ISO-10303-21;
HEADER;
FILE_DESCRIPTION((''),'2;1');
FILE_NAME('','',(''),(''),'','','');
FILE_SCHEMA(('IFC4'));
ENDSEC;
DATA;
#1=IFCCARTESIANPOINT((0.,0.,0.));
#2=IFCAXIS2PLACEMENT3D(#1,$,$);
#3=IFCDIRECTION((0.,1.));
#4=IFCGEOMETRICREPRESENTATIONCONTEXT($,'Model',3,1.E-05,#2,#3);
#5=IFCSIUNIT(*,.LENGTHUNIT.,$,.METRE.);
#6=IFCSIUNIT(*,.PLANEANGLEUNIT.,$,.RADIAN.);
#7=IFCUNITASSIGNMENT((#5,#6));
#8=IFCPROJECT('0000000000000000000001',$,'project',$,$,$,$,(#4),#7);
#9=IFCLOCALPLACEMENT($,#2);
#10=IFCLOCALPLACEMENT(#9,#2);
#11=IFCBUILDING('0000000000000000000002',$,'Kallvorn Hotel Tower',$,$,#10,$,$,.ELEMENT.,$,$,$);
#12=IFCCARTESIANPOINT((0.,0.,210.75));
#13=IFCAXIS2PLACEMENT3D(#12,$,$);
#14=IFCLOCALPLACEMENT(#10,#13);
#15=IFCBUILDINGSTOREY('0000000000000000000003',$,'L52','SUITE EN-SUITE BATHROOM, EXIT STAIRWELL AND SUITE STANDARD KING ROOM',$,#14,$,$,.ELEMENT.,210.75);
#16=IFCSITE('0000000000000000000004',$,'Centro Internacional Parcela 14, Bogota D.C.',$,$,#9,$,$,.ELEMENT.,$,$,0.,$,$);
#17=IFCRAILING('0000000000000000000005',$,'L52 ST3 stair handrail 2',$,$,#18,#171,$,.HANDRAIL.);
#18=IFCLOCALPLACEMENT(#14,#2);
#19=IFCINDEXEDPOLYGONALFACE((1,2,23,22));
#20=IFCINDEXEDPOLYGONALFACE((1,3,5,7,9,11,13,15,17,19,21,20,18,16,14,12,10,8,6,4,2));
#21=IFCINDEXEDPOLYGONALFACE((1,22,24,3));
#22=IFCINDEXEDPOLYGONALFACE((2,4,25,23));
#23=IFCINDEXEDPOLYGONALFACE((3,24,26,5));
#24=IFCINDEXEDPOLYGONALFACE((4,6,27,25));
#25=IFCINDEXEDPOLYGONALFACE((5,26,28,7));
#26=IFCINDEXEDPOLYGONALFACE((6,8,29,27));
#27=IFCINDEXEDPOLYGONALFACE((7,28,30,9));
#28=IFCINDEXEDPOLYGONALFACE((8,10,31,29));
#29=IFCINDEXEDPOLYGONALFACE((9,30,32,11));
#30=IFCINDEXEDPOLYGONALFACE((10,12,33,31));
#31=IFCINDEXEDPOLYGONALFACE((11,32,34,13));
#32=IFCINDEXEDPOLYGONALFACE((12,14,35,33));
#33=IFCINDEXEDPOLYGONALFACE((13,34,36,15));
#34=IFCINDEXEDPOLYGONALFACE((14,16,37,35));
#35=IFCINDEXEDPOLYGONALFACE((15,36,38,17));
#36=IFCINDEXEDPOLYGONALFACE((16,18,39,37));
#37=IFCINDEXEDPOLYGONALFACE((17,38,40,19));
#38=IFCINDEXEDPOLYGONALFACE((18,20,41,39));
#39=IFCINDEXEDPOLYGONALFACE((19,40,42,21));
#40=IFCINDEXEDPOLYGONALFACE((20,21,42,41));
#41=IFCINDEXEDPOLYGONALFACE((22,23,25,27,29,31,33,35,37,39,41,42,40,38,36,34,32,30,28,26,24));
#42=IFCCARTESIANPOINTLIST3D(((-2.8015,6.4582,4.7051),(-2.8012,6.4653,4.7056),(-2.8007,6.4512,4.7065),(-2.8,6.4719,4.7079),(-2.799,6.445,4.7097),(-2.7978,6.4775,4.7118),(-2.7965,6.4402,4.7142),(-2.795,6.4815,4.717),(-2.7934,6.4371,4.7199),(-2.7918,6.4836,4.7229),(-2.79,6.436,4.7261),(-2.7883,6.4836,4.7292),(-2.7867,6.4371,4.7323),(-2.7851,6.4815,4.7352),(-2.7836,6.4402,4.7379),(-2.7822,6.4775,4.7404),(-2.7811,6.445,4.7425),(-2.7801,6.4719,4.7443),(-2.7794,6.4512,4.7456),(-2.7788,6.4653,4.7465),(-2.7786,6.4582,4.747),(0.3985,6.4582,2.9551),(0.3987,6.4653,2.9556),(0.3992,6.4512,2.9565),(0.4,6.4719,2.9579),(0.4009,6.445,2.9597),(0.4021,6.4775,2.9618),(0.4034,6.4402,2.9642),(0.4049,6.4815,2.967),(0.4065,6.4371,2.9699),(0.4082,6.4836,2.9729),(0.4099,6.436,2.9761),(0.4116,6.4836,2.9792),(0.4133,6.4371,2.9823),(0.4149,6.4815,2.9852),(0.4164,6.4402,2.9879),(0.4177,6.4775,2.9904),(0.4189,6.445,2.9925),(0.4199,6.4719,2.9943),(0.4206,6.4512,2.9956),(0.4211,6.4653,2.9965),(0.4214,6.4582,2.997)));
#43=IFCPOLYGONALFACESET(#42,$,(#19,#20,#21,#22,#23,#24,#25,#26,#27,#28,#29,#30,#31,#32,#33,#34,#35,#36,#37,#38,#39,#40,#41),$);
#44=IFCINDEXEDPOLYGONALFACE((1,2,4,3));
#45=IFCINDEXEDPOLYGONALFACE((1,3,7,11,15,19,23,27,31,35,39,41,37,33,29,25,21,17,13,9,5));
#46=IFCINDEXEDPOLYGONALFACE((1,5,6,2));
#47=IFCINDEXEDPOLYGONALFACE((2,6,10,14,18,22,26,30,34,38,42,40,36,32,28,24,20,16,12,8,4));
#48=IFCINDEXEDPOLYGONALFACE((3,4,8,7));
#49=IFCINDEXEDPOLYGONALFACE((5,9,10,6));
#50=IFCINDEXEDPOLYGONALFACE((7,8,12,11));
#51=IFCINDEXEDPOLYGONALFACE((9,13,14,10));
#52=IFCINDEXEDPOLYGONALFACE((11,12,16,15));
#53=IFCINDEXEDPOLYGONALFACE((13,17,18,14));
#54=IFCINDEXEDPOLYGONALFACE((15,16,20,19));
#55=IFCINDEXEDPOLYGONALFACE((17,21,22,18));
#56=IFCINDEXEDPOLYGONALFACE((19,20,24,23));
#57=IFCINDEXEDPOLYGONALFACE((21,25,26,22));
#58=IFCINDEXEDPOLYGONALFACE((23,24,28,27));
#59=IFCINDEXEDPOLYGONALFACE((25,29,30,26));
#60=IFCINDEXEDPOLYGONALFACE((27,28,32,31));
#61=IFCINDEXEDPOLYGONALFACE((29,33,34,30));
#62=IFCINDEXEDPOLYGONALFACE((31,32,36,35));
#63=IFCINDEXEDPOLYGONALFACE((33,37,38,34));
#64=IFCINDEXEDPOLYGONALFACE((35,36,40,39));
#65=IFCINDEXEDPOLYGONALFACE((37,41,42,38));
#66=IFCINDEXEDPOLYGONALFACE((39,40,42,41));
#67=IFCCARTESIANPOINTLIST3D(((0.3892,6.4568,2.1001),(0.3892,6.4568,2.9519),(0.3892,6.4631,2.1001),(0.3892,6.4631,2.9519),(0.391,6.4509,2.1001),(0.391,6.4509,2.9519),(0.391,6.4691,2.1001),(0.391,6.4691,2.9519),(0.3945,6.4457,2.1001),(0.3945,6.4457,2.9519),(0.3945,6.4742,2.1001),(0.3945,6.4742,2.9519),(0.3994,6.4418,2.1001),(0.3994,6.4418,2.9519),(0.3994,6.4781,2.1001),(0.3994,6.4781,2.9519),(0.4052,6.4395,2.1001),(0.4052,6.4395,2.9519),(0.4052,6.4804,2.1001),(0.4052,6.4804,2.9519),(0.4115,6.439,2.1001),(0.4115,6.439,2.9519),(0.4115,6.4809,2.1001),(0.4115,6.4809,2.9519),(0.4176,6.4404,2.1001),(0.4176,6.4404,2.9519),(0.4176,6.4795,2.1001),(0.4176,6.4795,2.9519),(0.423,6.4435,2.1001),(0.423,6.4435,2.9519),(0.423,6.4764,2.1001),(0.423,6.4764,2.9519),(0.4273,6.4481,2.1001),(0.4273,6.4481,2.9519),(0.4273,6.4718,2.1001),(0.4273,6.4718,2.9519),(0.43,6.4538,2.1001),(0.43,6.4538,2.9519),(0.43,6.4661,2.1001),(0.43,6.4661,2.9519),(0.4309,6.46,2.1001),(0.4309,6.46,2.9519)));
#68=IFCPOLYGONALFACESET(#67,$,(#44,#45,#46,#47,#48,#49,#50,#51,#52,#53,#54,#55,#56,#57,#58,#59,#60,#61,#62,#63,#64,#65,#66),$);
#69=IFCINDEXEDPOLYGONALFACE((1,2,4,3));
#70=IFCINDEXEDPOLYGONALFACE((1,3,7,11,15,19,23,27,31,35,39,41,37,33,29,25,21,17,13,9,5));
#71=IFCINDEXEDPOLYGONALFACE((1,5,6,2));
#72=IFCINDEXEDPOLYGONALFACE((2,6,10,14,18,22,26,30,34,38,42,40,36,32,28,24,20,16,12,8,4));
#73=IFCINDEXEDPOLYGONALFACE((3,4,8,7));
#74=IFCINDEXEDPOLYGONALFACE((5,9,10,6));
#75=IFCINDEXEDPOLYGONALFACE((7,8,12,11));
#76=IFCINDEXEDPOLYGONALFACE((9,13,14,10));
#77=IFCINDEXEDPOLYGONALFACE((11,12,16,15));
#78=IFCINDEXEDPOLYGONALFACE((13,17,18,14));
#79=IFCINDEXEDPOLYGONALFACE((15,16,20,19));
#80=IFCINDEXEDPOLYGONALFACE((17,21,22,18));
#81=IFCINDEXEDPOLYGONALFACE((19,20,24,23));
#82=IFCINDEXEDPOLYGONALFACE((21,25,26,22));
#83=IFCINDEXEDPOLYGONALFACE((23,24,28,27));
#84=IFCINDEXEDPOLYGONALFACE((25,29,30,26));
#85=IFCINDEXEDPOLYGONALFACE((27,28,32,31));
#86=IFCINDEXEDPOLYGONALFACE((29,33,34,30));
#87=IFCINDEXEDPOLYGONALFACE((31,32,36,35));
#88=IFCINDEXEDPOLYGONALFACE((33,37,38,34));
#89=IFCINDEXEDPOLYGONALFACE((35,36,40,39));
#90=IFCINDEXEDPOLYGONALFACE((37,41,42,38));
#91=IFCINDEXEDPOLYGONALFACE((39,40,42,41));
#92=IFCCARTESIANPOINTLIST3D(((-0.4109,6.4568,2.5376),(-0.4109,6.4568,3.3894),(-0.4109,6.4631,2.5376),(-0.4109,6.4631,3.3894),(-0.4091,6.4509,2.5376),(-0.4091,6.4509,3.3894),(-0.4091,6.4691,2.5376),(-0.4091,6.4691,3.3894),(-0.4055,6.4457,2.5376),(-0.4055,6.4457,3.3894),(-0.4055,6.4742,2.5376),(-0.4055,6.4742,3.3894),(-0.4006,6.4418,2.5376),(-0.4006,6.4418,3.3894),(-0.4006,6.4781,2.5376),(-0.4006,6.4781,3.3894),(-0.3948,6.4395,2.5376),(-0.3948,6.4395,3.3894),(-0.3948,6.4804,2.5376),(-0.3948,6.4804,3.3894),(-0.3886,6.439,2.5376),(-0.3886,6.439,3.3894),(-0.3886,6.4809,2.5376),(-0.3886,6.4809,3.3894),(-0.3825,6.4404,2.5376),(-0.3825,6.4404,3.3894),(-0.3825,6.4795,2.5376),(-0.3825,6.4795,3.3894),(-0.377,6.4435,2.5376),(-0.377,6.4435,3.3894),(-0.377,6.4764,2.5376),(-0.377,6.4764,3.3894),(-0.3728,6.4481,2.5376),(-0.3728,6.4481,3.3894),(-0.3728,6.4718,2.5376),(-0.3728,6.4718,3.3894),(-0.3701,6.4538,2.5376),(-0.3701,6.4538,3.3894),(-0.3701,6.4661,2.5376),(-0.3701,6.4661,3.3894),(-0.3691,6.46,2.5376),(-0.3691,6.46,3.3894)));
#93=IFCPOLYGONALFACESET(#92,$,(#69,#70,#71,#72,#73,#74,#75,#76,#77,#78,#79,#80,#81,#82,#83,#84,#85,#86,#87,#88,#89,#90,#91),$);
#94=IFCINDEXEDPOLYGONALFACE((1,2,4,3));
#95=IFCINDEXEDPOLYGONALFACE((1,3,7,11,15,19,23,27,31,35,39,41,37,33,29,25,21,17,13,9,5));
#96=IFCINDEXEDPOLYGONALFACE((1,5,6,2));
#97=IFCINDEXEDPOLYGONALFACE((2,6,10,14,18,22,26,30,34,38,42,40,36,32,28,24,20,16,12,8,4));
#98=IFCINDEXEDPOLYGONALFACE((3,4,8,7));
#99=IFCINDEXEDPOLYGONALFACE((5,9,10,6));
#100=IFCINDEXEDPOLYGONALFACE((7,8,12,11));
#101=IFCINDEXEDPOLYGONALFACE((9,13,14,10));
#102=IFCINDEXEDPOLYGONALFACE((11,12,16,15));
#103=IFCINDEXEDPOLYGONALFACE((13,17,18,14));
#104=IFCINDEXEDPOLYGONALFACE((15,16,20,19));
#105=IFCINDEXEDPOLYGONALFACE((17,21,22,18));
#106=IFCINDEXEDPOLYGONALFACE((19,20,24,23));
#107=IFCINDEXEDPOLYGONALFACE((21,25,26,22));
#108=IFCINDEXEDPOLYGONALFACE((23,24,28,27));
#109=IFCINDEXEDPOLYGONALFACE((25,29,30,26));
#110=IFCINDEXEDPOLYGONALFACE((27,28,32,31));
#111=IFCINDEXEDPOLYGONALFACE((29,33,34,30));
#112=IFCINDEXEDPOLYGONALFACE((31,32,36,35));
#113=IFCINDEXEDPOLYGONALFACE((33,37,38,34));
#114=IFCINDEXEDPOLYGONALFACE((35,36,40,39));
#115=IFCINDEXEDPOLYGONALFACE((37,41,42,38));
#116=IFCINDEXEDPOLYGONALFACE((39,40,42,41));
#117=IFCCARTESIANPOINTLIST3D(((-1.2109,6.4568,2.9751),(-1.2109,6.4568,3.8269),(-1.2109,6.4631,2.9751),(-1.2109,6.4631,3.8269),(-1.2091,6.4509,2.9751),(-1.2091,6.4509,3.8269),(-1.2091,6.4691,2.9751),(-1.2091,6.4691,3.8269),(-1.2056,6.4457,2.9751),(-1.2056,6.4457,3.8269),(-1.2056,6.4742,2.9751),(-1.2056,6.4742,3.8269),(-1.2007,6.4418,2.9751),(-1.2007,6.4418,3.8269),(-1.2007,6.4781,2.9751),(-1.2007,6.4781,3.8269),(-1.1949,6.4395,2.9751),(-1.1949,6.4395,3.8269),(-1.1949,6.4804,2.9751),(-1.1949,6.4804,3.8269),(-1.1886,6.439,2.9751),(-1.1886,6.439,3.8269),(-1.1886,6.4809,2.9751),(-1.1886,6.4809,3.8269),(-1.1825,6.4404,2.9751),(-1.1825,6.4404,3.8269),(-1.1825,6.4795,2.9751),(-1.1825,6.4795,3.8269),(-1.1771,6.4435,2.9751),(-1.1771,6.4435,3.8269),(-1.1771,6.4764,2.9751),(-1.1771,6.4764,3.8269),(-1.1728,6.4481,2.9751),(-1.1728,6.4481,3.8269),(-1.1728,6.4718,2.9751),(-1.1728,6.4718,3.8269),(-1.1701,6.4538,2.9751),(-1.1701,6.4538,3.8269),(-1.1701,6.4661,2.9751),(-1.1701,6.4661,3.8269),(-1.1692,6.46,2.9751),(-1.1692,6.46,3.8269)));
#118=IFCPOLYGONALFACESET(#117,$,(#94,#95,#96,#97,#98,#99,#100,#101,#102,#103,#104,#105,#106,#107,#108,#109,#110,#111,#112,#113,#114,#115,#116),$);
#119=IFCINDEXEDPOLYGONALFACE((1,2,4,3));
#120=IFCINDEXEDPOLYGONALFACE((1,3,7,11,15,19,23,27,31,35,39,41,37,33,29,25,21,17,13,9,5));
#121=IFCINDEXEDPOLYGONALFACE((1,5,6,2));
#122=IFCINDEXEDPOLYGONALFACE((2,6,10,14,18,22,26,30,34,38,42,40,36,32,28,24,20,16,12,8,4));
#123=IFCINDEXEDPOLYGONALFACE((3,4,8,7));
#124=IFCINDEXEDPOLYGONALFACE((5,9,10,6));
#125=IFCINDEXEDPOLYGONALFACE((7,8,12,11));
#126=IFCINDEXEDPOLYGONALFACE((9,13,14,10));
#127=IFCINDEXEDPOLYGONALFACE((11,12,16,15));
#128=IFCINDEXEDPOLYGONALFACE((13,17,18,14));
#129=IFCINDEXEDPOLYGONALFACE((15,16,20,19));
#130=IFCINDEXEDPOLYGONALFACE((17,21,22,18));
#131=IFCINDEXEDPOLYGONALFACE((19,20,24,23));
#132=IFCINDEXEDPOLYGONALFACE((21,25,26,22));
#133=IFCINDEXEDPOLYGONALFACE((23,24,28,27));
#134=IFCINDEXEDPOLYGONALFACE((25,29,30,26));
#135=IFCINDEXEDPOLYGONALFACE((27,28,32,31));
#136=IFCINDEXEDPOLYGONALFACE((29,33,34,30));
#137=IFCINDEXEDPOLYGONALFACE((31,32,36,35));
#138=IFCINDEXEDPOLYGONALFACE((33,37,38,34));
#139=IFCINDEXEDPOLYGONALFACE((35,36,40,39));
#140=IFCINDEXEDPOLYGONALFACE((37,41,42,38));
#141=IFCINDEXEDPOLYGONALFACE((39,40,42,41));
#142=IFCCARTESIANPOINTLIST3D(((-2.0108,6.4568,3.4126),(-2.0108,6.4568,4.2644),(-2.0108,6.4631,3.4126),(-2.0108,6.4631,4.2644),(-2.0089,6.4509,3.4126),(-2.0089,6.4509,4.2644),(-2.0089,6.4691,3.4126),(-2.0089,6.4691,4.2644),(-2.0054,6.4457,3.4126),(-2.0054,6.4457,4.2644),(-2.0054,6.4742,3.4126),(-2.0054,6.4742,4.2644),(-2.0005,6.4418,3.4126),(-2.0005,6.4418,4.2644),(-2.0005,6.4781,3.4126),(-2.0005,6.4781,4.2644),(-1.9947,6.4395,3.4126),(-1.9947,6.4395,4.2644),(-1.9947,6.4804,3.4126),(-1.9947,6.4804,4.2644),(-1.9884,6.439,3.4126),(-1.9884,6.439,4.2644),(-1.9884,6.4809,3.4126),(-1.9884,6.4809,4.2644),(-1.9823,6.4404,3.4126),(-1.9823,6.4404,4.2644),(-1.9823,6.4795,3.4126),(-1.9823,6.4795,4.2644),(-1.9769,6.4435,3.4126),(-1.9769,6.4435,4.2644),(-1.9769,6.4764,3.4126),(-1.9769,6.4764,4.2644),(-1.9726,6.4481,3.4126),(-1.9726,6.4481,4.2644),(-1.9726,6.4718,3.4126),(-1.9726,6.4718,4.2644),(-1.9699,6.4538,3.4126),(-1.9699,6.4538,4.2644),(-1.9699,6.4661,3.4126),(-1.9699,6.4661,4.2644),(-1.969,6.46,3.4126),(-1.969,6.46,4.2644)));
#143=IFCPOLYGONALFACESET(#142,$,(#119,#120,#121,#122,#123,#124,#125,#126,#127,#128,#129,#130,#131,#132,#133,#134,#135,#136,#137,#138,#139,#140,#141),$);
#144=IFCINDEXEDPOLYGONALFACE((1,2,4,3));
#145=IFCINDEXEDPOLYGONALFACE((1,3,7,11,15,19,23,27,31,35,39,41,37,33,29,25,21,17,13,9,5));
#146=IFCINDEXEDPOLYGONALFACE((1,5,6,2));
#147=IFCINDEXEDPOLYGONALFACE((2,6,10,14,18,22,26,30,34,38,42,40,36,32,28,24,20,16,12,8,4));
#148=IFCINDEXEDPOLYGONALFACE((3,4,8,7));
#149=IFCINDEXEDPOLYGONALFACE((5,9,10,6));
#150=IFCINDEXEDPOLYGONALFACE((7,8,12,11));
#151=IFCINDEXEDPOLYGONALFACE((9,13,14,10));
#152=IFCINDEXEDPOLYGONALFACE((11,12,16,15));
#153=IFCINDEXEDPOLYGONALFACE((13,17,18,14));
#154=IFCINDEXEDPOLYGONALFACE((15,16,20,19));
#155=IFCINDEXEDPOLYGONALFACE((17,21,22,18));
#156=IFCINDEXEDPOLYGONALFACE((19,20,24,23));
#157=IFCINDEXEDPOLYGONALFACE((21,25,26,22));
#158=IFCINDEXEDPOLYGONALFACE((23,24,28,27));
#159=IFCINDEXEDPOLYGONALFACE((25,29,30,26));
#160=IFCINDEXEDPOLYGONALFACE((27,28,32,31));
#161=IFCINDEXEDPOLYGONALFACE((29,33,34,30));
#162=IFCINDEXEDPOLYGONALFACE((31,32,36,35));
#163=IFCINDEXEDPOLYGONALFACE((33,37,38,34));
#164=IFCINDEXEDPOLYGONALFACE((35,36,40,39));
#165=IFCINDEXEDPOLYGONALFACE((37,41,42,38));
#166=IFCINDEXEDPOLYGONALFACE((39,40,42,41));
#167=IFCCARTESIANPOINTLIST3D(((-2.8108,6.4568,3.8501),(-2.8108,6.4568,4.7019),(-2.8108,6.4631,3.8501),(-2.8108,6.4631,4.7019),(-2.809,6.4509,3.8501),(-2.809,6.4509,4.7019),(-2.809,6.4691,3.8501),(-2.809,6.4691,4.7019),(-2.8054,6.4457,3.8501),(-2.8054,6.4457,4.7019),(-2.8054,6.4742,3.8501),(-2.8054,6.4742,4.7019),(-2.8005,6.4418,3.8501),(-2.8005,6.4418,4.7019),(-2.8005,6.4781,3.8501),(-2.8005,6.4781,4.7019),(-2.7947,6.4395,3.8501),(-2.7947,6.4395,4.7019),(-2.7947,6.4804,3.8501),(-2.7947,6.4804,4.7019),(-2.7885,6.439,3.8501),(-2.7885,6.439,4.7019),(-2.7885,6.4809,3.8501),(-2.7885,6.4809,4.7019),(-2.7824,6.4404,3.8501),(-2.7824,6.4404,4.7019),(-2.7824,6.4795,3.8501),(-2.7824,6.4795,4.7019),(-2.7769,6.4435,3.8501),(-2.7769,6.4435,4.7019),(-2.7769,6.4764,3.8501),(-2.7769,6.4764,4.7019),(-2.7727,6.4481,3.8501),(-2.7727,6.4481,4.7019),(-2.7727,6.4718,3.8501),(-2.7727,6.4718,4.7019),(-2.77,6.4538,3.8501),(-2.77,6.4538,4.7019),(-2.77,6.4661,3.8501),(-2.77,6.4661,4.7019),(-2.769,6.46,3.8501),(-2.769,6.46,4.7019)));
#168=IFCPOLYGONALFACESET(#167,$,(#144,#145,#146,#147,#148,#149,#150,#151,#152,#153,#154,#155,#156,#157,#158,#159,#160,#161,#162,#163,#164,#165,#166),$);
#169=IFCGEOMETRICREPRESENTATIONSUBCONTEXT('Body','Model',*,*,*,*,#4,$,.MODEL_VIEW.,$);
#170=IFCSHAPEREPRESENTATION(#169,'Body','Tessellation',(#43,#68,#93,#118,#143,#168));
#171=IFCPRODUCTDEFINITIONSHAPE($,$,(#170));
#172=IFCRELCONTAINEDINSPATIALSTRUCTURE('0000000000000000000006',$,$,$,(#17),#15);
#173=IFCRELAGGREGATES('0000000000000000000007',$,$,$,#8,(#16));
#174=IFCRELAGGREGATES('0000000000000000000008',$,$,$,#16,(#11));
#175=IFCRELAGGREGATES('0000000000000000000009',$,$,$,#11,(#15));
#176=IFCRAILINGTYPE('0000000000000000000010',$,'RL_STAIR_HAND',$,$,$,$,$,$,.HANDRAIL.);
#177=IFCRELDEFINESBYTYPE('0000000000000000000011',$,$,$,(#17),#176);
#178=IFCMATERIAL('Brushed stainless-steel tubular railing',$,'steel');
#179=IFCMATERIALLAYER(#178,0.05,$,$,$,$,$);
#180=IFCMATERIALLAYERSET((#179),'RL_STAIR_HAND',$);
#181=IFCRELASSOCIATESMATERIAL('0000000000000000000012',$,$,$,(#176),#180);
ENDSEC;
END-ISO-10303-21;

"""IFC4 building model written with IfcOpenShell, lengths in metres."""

from ifc_helpers import new_model, si_unit, direction, frame, origin, origin_2d, place, context, subcontext, project, spatial, circle, extrude, material, layer, layer_set, type_object, element, save


model = new_model("IFC4")

# Units and contexts
model_context = context("Model", 3, precision=1e-05, world=origin(), true_north=direction((0.0, 1.0)))
body_context = subcontext(model_context, "Body", "Model", "MODEL_VIEW")
ifc_project = project(units=[si_unit("LENGTHUNIT", "METRE"), si_unit("PLANEANGLEUNIT", "RADIAN")], contexts=[model_context])

# Site, building, storey
site_placement = place(None, origin())
site = spatial("IfcSite", under=ifc_project, at=site_placement, Name="Centro Internacional Parcela 14, Bogota D.C.", CompositionType="ELEMENT", RefElevation=0.0)
building_placement = place(site_placement, origin())
building = spatial("IfcBuilding", under=site, at=building_placement, Name="Kallvorn Hotel Tower", CompositionType="ELEMENT")
storey_placement = place(building_placement, frame((0.0, 0.0, 210.75)))
storey = spatial("IfcBuildingStorey", under=building, at=storey_placement, Name="L52", Description="SUITE EN-SUITE BATHROOM, EXIT STAIRWELL AND SUITE STANDARD KING ROOM", CompositionType="ELEMENT", Elevation=210.75)

# Railing
ifc_material_1 = material(Name="Brushed stainless-steel tubular railing", Category="steel")
ifc_layer_1 = layer(ifc_material_1, 0.05)
ifc_layer_set_1 = layer_set([ifc_layer_1], Name="RL_STAIR_HAND")
railing_type = type_object("IfcRailingType", Name="RL_STAIR_HAND", PredefinedType="HANDRAIL", material=ifc_layer_set_1)
railing_placement = place(storey_placement, frame((0.4099, 6.46, 2.1001)))
element("IfcRailing", 1, at=railing_placement, inside=storey, type_object=railing_type, Name="L52 ST3 stair handrail 2", PredefinedType="HANDRAIL", context=body_context, shape_type="SweptSolid", body=[
    extrude(circle(Radius=0.0239, at=origin_2d()), frame((0.0, 0.0, 0.876), z_axis=(-0.877368, 0.0, 0.479818), x_axis=(0.0, -1.0, 0.0)), (0.0, 0.0, 1.0), 3.6472),
    extrude(circle(Radius=0.021, at=origin_2d()), origin(), (0.0, 0.0, 1.0), 0.8518),
    extrude(circle(Radius=0.021, at=origin_2d()), frame((-0.8, 0.0, 0.4375)), (0.0, 0.0, 1.0), 0.8518),
    extrude(circle(Radius=0.021, at=origin_2d()), frame((-1.6001, 0.0, 0.875)), (0.0, 0.0, 1.0), 0.8518),
    extrude(circle(Radius=0.021, at=origin_2d()), frame((-2.3999, 0.0, 1.3125)), (0.0, 0.0, 1.0), 0.8518),
    extrude(circle(Radius=0.021, at=origin_2d()), frame((-3.2, 0.0, 1.75)), (0.0, 0.0, 1.0), 0.8518),
])

save(model, "model.ifc")
